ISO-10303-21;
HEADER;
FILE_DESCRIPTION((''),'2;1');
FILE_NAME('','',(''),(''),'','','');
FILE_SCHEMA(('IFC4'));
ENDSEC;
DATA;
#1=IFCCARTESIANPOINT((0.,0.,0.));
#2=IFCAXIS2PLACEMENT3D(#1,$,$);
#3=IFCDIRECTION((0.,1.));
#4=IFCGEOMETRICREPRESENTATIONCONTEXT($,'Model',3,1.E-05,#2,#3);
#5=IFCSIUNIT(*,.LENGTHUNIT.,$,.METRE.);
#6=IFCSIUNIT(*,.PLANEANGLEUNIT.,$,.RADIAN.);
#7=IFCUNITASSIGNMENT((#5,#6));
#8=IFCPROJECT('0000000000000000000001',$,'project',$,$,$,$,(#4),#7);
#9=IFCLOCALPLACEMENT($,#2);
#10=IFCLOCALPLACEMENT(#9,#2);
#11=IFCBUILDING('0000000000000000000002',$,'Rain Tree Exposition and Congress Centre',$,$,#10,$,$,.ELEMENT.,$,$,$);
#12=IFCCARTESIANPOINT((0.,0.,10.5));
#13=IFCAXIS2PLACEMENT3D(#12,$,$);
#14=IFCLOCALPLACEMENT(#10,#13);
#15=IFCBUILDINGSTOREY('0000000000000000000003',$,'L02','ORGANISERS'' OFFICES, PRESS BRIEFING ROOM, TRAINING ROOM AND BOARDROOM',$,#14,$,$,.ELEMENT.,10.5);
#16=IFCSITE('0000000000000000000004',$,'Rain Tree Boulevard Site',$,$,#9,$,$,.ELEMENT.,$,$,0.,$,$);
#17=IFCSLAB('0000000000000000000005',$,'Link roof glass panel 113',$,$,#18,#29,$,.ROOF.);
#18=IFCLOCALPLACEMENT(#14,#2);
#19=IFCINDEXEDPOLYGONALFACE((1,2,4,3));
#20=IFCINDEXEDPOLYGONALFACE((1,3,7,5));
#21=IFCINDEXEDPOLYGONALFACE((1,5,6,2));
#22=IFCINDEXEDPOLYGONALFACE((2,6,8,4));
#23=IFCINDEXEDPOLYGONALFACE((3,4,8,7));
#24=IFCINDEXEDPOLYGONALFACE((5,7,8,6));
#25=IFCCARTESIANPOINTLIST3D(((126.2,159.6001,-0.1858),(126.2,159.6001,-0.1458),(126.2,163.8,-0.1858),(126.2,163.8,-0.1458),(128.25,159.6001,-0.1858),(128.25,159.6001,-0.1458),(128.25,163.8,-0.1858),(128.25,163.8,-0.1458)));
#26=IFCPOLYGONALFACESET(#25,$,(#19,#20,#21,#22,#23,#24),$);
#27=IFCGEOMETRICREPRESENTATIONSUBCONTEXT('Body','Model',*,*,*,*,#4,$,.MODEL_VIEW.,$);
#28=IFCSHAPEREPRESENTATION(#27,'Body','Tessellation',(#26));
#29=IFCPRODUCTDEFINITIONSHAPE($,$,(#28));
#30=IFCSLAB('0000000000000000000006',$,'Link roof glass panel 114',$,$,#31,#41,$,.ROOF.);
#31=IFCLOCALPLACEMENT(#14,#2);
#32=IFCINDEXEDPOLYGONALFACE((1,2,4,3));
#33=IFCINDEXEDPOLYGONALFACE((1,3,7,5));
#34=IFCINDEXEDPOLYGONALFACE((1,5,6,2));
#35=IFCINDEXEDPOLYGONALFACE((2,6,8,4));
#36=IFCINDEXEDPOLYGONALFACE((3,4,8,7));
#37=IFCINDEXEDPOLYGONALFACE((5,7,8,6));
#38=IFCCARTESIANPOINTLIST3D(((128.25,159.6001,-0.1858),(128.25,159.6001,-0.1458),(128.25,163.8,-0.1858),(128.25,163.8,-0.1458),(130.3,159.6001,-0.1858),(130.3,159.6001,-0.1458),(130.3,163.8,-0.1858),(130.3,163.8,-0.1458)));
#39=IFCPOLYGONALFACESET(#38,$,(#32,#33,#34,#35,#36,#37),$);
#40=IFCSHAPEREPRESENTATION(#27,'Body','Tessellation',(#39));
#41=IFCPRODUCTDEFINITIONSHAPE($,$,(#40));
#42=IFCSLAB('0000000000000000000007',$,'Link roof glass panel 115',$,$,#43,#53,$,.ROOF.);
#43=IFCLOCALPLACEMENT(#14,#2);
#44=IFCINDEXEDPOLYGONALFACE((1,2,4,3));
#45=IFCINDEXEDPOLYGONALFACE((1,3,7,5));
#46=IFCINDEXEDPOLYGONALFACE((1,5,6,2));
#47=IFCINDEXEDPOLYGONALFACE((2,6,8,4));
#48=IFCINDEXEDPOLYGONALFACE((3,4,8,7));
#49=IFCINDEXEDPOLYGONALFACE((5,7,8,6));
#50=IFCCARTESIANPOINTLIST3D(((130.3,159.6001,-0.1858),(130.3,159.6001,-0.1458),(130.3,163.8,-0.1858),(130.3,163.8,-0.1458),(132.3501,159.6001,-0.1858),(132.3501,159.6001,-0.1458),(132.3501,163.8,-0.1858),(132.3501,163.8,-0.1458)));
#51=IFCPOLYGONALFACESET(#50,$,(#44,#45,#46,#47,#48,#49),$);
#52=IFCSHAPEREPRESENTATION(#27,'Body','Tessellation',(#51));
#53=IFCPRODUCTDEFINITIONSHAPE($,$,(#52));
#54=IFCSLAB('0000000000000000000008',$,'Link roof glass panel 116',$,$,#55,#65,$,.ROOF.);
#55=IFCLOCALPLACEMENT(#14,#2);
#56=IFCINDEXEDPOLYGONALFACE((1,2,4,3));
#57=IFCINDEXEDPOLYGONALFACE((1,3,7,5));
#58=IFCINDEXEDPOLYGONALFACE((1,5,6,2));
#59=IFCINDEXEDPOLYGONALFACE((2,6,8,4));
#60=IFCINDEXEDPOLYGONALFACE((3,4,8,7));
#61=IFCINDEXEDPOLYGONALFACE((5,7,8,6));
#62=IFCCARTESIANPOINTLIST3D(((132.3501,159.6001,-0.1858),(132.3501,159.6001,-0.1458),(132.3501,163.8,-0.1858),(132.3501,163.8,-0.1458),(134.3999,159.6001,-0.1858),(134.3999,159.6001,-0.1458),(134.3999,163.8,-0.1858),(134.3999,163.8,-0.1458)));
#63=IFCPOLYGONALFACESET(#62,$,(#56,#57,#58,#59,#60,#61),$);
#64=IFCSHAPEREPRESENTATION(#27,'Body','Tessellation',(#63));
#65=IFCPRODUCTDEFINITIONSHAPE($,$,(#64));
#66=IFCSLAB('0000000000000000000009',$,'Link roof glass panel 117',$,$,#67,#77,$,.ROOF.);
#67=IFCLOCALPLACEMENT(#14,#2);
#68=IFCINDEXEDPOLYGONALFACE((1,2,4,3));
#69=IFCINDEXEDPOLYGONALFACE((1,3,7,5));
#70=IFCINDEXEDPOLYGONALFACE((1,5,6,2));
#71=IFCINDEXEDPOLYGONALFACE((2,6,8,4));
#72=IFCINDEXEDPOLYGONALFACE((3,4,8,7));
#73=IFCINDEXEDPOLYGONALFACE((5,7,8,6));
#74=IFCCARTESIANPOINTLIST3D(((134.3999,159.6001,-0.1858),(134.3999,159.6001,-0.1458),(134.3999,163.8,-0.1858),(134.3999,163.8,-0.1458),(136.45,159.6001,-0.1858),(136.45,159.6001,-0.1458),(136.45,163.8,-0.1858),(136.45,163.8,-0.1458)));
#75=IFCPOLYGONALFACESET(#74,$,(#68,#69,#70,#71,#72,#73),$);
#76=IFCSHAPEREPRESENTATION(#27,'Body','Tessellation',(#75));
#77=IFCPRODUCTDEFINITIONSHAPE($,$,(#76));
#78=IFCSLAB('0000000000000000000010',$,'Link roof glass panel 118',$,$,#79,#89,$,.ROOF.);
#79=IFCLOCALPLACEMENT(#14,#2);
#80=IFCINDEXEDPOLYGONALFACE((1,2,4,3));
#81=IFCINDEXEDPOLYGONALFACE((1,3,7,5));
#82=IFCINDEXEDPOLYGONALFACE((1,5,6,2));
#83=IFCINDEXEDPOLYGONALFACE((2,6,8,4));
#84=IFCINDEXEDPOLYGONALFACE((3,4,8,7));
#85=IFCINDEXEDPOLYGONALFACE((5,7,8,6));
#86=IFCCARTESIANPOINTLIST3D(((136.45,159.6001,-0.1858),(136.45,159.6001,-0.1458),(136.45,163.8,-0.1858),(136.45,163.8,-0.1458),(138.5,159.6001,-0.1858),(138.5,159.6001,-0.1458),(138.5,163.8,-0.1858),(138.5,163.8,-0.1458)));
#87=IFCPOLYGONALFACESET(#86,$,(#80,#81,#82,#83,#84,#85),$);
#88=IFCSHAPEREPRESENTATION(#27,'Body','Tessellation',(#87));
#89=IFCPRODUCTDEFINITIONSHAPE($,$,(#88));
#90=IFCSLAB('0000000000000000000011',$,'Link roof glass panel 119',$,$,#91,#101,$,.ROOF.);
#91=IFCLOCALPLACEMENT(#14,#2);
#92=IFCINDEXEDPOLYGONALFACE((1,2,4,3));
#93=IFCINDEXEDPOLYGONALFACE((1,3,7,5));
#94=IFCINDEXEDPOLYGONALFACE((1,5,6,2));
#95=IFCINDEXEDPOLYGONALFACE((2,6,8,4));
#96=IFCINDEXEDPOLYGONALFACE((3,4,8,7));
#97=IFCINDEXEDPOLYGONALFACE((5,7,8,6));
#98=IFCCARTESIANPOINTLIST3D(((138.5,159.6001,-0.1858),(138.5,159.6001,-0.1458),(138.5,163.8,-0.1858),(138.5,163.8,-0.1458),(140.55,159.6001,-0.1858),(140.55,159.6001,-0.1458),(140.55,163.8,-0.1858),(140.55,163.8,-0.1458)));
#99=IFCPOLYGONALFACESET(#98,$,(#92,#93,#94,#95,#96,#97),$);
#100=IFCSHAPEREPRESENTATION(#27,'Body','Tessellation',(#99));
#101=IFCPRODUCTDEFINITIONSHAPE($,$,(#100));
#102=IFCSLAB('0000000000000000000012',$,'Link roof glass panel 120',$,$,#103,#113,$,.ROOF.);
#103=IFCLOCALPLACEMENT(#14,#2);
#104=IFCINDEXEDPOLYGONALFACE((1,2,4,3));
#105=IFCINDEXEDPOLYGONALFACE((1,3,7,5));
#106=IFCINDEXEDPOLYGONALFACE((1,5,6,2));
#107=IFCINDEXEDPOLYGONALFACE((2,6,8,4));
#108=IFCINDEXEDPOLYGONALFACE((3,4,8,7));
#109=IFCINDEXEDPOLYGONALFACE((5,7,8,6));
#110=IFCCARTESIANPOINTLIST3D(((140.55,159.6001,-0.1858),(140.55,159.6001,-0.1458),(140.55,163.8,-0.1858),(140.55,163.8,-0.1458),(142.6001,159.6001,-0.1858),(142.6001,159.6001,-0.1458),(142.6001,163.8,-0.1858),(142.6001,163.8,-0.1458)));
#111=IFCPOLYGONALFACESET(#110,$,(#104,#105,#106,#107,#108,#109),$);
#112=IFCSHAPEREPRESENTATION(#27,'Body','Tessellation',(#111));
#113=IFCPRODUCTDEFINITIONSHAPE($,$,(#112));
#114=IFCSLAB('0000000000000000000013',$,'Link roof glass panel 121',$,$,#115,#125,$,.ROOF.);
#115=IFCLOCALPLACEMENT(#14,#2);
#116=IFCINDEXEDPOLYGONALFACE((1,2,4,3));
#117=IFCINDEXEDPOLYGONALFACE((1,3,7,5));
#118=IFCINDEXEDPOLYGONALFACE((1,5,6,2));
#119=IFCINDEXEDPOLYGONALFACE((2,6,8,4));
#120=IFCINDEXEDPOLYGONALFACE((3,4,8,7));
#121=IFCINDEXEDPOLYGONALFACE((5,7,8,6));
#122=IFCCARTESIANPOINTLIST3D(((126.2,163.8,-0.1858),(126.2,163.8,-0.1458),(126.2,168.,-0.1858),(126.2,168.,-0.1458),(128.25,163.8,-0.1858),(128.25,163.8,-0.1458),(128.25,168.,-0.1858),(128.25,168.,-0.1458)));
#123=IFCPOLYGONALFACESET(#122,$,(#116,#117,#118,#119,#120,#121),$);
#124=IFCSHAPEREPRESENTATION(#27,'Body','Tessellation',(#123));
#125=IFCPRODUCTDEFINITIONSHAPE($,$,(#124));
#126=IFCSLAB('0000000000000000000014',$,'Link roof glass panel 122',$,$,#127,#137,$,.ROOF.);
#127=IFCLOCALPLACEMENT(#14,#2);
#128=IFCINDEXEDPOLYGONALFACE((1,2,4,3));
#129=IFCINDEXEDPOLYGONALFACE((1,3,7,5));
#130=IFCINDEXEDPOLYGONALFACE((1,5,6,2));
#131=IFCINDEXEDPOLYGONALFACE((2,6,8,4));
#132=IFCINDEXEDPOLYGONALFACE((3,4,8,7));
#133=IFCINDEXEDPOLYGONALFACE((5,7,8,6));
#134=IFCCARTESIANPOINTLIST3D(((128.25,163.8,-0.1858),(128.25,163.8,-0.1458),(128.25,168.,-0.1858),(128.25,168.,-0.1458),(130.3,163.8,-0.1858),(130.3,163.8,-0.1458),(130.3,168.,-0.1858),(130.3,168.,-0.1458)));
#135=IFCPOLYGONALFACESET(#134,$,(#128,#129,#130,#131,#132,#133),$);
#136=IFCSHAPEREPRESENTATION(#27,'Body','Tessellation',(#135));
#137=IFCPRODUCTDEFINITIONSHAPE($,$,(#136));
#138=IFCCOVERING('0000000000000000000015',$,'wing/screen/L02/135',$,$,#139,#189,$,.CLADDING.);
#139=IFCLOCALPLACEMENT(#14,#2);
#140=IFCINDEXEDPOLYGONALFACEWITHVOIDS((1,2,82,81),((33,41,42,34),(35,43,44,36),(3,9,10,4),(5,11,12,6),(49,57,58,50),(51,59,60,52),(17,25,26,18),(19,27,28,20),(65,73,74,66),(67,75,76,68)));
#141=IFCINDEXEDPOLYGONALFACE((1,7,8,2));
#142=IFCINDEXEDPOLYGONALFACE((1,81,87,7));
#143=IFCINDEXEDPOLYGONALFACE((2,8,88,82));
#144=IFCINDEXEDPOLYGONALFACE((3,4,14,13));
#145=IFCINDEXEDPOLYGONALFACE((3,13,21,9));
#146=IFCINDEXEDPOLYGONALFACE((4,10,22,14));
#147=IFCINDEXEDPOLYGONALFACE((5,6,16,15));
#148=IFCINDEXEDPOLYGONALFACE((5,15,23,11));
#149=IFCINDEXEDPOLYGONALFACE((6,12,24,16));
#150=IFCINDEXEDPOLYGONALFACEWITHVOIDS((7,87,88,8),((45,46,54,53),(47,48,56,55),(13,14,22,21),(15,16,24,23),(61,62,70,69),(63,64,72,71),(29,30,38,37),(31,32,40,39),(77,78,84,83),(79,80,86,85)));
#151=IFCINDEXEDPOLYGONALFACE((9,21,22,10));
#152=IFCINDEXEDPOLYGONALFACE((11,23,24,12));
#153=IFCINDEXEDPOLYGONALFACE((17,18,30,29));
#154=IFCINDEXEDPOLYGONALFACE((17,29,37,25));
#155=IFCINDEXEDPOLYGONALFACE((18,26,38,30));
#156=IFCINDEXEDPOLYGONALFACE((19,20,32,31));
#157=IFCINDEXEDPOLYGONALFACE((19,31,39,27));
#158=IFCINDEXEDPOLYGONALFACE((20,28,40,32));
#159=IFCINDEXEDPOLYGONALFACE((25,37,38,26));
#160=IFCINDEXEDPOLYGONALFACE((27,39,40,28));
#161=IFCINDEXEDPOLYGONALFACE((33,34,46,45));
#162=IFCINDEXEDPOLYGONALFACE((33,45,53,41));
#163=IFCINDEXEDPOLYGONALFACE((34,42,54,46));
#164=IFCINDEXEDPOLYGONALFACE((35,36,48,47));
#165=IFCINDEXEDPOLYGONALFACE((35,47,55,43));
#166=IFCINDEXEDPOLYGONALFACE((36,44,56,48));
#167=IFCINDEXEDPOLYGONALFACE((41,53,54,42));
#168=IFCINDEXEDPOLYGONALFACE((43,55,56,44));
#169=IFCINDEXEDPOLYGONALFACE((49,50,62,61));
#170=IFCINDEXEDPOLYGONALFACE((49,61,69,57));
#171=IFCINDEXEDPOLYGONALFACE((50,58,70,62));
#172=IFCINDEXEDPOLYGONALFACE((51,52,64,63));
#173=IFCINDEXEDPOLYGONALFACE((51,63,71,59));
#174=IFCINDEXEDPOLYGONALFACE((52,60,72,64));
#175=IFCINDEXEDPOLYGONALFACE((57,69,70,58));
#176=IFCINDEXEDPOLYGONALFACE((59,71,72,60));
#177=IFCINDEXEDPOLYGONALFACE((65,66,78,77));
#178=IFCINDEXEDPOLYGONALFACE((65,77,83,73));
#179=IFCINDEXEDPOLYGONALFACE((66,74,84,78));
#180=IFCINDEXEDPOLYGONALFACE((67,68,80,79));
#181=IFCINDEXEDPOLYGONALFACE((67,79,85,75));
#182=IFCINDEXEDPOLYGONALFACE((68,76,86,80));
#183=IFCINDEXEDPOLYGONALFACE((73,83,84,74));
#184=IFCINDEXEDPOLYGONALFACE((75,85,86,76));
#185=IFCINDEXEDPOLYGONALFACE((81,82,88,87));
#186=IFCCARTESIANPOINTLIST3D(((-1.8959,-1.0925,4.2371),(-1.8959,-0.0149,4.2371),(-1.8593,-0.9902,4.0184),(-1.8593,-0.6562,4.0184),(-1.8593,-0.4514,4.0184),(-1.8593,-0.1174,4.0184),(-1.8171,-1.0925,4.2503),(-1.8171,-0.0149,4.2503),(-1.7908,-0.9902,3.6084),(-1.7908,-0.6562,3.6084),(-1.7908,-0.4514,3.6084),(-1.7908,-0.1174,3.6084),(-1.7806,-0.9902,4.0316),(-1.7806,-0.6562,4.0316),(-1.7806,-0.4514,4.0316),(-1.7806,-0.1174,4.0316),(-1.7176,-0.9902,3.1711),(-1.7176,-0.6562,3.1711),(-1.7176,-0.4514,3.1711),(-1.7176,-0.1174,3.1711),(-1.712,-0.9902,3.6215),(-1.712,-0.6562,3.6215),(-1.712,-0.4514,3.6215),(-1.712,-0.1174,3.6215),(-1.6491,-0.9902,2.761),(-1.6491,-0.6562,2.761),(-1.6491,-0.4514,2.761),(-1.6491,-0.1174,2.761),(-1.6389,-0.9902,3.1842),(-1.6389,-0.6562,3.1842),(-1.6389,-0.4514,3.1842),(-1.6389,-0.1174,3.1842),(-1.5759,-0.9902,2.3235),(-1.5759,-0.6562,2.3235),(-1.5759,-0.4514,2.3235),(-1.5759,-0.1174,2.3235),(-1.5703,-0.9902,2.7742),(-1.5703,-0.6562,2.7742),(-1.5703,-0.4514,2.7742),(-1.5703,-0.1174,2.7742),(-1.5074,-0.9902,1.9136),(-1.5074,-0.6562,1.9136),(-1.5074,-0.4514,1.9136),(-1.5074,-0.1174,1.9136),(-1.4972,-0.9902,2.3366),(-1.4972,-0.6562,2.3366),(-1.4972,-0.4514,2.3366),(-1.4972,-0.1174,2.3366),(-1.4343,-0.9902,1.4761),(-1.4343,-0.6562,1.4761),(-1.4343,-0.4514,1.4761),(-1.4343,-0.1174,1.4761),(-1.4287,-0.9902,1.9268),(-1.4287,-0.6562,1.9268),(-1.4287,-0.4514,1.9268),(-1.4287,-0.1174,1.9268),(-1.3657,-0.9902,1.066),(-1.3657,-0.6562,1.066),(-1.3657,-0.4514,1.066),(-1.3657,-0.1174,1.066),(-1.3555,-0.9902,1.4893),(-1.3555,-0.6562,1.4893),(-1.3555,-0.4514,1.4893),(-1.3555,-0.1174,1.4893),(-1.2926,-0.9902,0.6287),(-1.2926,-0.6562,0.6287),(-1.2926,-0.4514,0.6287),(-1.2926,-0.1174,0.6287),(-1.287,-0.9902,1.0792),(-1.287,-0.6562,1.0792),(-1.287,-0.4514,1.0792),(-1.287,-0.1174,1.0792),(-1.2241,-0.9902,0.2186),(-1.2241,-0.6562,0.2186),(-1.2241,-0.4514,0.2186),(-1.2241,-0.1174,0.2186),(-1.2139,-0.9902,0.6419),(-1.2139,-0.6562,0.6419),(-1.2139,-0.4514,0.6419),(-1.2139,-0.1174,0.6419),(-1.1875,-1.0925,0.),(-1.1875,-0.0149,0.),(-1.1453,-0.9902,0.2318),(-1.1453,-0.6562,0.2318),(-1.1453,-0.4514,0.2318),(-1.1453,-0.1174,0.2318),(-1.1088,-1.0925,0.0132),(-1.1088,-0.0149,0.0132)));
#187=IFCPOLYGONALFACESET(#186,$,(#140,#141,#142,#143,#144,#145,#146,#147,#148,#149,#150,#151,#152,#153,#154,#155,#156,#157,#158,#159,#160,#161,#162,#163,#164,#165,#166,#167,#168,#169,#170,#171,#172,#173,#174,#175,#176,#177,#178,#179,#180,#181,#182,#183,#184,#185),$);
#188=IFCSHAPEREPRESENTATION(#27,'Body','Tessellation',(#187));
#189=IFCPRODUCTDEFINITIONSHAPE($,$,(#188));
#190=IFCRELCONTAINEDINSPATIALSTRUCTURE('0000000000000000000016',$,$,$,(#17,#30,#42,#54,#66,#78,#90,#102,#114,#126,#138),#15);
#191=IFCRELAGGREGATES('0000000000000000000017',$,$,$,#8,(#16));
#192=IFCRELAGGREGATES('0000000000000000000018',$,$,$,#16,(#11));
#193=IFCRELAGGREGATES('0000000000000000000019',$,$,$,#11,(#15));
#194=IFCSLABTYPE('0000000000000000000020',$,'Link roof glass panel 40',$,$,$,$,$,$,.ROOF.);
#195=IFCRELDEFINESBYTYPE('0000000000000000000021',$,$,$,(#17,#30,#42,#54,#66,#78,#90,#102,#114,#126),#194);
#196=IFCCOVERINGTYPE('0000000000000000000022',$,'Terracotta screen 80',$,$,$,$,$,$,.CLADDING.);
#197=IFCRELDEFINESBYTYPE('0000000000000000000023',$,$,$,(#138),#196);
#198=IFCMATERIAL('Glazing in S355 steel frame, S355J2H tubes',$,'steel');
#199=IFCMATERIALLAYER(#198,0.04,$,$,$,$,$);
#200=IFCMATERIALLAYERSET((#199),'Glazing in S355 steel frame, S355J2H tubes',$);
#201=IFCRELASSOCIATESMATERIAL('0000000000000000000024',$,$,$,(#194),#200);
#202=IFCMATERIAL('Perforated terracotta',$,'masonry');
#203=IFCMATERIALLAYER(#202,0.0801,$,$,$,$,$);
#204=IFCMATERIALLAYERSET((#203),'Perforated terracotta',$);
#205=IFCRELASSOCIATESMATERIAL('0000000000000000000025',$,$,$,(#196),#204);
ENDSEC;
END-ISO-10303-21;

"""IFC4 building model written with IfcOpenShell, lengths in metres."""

from ifc_helpers import new_model, si_unit, direction, frame, origin, place, context, subcontext, project, spatial, polyline, outline, extrude, material, layer, layer_set, type_object, element, save


model = new_model("IFC4")

# Units and contexts
model_context = context("Model", 3, precision=1e-05, world=origin(), true_north=direction((0.0, 1.0)))
body_context = subcontext(model_context, "Body", "Model", "MODEL_VIEW")
ifc_project = project(units=[si_unit("LENGTHUNIT", "METRE"), si_unit("PLANEANGLEUNIT", "RADIAN")], contexts=[model_context])

# Site, building, storey
site_placement = place(None, origin())
site = spatial("IfcSite", under=ifc_project, at=site_placement, Name="Rain Tree Boulevard Site", CompositionType="ELEMENT", RefElevation=0.0)
building_placement = place(site_placement, origin())
building = spatial("IfcBuilding", under=site, at=building_placement, Name="Rain Tree Exposition and Congress Centre", CompositionType="ELEMENT")
storey_placement = place(building_placement, frame((0.0, 0.0, 10.5)))
storey = spatial("IfcBuildingStorey", under=building, at=storey_placement, Name="L02", Description="ORGANISERS' OFFICES, PRESS BRIEFING ROOM, TRAINING ROOM AND BOARDROOM", CompositionType="ELEMENT", Elevation=10.5)

# Slabs
ifc_material_1 = material(Name="Glazing in S355 steel frame, S355J2H tubes", Category="steel")
ifc_layer_1 = layer(ifc_material_1, 0.04)
ifc_layer_set_1 = layer_set([ifc_layer_1], Name="Glazing in S355 steel frame, S355J2H tubes")
slab_type = type_object("IfcSlabType", Name="Link roof glass panel 40", PredefinedType="ROOF", material=ifc_layer_set_1)
slab_1_placement = place(storey_placement, frame((0.0, 0.0, -0.1858)))
element("IfcSlab", 1, at=slab_1_placement, inside=storey, type_object=slab_type, Name="Link roof glass panel 113", PredefinedType="ROOF", context=body_context, shape_type="SweptSolid", body=[
    extrude(outline(polyline([(126.2, 159.6001), (128.25, 159.6001), (128.25, 163.8), (126.2, 163.8), (126.2, 159.6001)])), origin(), (0.0, 0.0, 1.0), 0.04),
])
slab_2_placement = place(storey_placement, frame((0.0, 0.0, -0.1858)))
element("IfcSlab", 2, at=slab_2_placement, inside=storey, type_object=slab_type, Name="Link roof glass panel 114", PredefinedType="ROOF", context=body_context, shape_type="SweptSolid", body=[
    extrude(outline(polyline([(128.25, 159.6001), (130.3, 159.6001), (130.3, 163.8), (128.25, 163.8), (128.25, 159.6001)])), origin(), (0.0, 0.0, 1.0), 0.04),
])
slab_3_placement = place(storey_placement, frame((0.0, 0.0, -0.1858)))
element("IfcSlab", 3, at=slab_3_placement, inside=storey, type_object=slab_type, Name="Link roof glass panel 115", PredefinedType="ROOF", context=body_context, shape_type="SweptSolid", body=[
    extrude(outline(polyline([(130.3, 159.6001), (132.3501, 159.6001), (132.3501, 163.8), (130.3, 163.8), (130.3, 159.6001)])), origin(), (0.0, 0.0, 1.0), 0.04),
])
slab_4_placement = place(storey_placement, frame((0.0, 0.0, -0.1858)))
element("IfcSlab", 4, at=slab_4_placement, inside=storey, type_object=slab_type, Name="Link roof glass panel 116", PredefinedType="ROOF", context=body_context, shape_type="SweptSolid", body=[
    extrude(outline(polyline([(132.3501, 159.6001), (134.3999, 159.6001), (134.3999, 163.8), (132.3501, 163.8), (132.3501, 159.6001)])), origin(), (0.0, 0.0, 1.0), 0.04),
])
slab_5_placement = place(storey_placement, frame((0.0, 0.0, -0.1858)))
element("IfcSlab", 5, at=slab_5_placement, inside=storey, type_object=slab_type, Name="Link roof glass panel 117", PredefinedType="ROOF", context=body_context, shape_type="SweptSolid", body=[
    extrude(outline(polyline([(134.3999, 159.6001), (136.45, 159.6001), (136.45, 163.8), (134.3999, 163.8), (134.3999, 159.6001)])), origin(), (0.0, 0.0, 1.0), 0.04),
])
slab_6_placement = place(storey_placement, frame((0.0, 0.0, -0.1858)))
element("IfcSlab", 6, at=slab_6_placement, inside=storey, type_object=slab_type, Name="Link roof glass panel 118", PredefinedType="ROOF", context=body_context, shape_type="SweptSolid", body=[
    extrude(outline(polyline([(136.45, 159.6001), (138.5, 159.6001), (138.5, 163.8), (136.45, 163.8), (136.45, 159.6001)])), origin(), (0.0, 0.0, 1.0), 0.04),
])
slab_7_placement = place(storey_placement, frame((0.0, 0.0, -0.1858)))
element("IfcSlab", 7, at=slab_7_placement, inside=storey, type_object=slab_type, Name="Link roof glass panel 119", PredefinedType="ROOF", context=body_context, shape_type="SweptSolid", body=[
    extrude(outline(polyline([(138.5, 159.6001), (140.55, 159.6001), (140.55, 163.8), (138.5, 163.8), (138.5, 159.6001)])), origin(), (0.0, 0.0, 1.0), 0.04),
])
slab_8_placement = place(storey_placement, frame((0.0, 0.0, -0.1858)))
element("IfcSlab", 8, at=slab_8_placement, inside=storey, type_object=slab_type, Name="Link roof glass panel 120", PredefinedType="ROOF", context=body_context, shape_type="SweptSolid", body=[
    extrude(outline(polyline([(140.55, 159.6001), (142.6001, 159.6001), (142.6001, 163.8), (140.55, 163.8), (140.55, 159.6001)])), origin(), (0.0, 0.0, 1.0), 0.04),
])
slab_9_placement = place(storey_placement, frame((0.0, 0.0, -0.1858)))
element("IfcSlab", 9, at=slab_9_placement, inside=storey, type_object=slab_type, Name="Link roof glass panel 121", PredefinedType="ROOF", context=body_context, shape_type="SweptSolid", body=[
    extrude(outline(polyline([(126.2, 163.8), (128.25, 163.8), (128.25, 168.0), (126.2, 168.0), (126.2, 163.8)])), origin(), (0.0, 0.0, 1.0), 0.04),
])
slab_10_placement = place(storey_placement, frame((0.0, 0.0, -0.1858)))
element("IfcSlab", 10, at=slab_10_placement, inside=storey, type_object=slab_type, Name="Link roof glass panel 122", PredefinedType="ROOF", context=body_context, shape_type="SweptSolid", body=[
    extrude(outline(polyline([(128.25, 163.8), (130.3, 163.8), (130.3, 168.0), (128.25, 168.0), (128.25, 163.8)])), origin(), (0.0, 0.0, 1.0), 0.04),
])

# Covering
ifc_material_2 = material(Name="Perforated terracotta", Category="masonry")
ifc_layer_2 = layer(ifc_material_2, 0.0801)
ifc_layer_set_2 = layer_set([ifc_layer_2], Name="Perforated terracotta")
covering_type = type_object("IfcCoveringType", Name="Terracotta screen 80", PredefinedType="CLADDING", material=ifc_layer_set_2)
covering_1_placement = place(storey_placement, frame((-1.1875, 0.0, 0.0), z_axis=(0.986311, 0.0, 0.164894), x_axis=(0.0, 1.0, 0.0)))
element("IfcCovering", 11, at=covering_1_placement, inside=storey, type_object=covering_type, Name="wing/screen/L02/135", PredefinedType="CLADDING", context=body_context, shape_type="SweptSolid", body=[
    extrude(outline(polyline([(-1.0925, 0.0), (-1.0925, 4.2959), (-0.0149, 4.2959), (-0.0149, 0.0), (-1.0925, 0.0)]), holes=[polyline([(-0.1174, 0.2217), (-0.1174, 0.6375), (-0.4514, 0.6375), (-0.4514, 0.2217), (-0.1174, 0.2217)]), polyline([(-0.1174, 1.0808), (-0.1174, 1.4966), (-0.4514, 1.4966), (-0.4514, 1.0808), (-0.1174, 1.0808)]), polyline([(-0.1174, 1.9402), (-0.1174, 2.3557), (-0.4514, 2.3557), (-0.4514, 1.9402), (-0.1174, 1.9402)]), polyline([(-0.1174, 2.7993), (-0.1174, 3.2151), (-0.4514, 3.2151), (-0.4514, 2.7993), (-0.1174, 2.7993)]), polyline([(-0.1174, 3.6584), (-0.1174, 4.0742), (-0.4514, 4.0742), (-0.4514, 3.6584), (-0.1174, 3.6584)]), polyline([(-0.6562, 0.2217), (-0.6562, 0.6375), (-0.9902, 0.6375), (-0.9902, 0.2217), (-0.6562, 0.2217)]), polyline([(-0.6562, 1.0808), (-0.6562, 1.4966), (-0.9902, 1.4966), (-0.9902, 1.0808), (-0.6562, 1.0808)]), polyline([(-0.6562, 1.9402), (-0.6562, 2.3557), (-0.9902, 2.3557), (-0.9902, 1.9402), (-0.6562, 1.9402)]), polyline([(-0.6562, 2.7993), (-0.6562, 3.2151), (-0.9902, 3.2151), (-0.9902, 2.7993), (-0.6562, 2.7993)]), polyline([(-0.6562, 3.6584), (-0.6562, 4.0742), (-0.9902, 4.0742), (-0.9902, 3.6584), (-0.6562, 3.6584)])]), origin(), (0.0, 0.0, 1.0), 0.0798),
])

save(model, "model.ifc")
